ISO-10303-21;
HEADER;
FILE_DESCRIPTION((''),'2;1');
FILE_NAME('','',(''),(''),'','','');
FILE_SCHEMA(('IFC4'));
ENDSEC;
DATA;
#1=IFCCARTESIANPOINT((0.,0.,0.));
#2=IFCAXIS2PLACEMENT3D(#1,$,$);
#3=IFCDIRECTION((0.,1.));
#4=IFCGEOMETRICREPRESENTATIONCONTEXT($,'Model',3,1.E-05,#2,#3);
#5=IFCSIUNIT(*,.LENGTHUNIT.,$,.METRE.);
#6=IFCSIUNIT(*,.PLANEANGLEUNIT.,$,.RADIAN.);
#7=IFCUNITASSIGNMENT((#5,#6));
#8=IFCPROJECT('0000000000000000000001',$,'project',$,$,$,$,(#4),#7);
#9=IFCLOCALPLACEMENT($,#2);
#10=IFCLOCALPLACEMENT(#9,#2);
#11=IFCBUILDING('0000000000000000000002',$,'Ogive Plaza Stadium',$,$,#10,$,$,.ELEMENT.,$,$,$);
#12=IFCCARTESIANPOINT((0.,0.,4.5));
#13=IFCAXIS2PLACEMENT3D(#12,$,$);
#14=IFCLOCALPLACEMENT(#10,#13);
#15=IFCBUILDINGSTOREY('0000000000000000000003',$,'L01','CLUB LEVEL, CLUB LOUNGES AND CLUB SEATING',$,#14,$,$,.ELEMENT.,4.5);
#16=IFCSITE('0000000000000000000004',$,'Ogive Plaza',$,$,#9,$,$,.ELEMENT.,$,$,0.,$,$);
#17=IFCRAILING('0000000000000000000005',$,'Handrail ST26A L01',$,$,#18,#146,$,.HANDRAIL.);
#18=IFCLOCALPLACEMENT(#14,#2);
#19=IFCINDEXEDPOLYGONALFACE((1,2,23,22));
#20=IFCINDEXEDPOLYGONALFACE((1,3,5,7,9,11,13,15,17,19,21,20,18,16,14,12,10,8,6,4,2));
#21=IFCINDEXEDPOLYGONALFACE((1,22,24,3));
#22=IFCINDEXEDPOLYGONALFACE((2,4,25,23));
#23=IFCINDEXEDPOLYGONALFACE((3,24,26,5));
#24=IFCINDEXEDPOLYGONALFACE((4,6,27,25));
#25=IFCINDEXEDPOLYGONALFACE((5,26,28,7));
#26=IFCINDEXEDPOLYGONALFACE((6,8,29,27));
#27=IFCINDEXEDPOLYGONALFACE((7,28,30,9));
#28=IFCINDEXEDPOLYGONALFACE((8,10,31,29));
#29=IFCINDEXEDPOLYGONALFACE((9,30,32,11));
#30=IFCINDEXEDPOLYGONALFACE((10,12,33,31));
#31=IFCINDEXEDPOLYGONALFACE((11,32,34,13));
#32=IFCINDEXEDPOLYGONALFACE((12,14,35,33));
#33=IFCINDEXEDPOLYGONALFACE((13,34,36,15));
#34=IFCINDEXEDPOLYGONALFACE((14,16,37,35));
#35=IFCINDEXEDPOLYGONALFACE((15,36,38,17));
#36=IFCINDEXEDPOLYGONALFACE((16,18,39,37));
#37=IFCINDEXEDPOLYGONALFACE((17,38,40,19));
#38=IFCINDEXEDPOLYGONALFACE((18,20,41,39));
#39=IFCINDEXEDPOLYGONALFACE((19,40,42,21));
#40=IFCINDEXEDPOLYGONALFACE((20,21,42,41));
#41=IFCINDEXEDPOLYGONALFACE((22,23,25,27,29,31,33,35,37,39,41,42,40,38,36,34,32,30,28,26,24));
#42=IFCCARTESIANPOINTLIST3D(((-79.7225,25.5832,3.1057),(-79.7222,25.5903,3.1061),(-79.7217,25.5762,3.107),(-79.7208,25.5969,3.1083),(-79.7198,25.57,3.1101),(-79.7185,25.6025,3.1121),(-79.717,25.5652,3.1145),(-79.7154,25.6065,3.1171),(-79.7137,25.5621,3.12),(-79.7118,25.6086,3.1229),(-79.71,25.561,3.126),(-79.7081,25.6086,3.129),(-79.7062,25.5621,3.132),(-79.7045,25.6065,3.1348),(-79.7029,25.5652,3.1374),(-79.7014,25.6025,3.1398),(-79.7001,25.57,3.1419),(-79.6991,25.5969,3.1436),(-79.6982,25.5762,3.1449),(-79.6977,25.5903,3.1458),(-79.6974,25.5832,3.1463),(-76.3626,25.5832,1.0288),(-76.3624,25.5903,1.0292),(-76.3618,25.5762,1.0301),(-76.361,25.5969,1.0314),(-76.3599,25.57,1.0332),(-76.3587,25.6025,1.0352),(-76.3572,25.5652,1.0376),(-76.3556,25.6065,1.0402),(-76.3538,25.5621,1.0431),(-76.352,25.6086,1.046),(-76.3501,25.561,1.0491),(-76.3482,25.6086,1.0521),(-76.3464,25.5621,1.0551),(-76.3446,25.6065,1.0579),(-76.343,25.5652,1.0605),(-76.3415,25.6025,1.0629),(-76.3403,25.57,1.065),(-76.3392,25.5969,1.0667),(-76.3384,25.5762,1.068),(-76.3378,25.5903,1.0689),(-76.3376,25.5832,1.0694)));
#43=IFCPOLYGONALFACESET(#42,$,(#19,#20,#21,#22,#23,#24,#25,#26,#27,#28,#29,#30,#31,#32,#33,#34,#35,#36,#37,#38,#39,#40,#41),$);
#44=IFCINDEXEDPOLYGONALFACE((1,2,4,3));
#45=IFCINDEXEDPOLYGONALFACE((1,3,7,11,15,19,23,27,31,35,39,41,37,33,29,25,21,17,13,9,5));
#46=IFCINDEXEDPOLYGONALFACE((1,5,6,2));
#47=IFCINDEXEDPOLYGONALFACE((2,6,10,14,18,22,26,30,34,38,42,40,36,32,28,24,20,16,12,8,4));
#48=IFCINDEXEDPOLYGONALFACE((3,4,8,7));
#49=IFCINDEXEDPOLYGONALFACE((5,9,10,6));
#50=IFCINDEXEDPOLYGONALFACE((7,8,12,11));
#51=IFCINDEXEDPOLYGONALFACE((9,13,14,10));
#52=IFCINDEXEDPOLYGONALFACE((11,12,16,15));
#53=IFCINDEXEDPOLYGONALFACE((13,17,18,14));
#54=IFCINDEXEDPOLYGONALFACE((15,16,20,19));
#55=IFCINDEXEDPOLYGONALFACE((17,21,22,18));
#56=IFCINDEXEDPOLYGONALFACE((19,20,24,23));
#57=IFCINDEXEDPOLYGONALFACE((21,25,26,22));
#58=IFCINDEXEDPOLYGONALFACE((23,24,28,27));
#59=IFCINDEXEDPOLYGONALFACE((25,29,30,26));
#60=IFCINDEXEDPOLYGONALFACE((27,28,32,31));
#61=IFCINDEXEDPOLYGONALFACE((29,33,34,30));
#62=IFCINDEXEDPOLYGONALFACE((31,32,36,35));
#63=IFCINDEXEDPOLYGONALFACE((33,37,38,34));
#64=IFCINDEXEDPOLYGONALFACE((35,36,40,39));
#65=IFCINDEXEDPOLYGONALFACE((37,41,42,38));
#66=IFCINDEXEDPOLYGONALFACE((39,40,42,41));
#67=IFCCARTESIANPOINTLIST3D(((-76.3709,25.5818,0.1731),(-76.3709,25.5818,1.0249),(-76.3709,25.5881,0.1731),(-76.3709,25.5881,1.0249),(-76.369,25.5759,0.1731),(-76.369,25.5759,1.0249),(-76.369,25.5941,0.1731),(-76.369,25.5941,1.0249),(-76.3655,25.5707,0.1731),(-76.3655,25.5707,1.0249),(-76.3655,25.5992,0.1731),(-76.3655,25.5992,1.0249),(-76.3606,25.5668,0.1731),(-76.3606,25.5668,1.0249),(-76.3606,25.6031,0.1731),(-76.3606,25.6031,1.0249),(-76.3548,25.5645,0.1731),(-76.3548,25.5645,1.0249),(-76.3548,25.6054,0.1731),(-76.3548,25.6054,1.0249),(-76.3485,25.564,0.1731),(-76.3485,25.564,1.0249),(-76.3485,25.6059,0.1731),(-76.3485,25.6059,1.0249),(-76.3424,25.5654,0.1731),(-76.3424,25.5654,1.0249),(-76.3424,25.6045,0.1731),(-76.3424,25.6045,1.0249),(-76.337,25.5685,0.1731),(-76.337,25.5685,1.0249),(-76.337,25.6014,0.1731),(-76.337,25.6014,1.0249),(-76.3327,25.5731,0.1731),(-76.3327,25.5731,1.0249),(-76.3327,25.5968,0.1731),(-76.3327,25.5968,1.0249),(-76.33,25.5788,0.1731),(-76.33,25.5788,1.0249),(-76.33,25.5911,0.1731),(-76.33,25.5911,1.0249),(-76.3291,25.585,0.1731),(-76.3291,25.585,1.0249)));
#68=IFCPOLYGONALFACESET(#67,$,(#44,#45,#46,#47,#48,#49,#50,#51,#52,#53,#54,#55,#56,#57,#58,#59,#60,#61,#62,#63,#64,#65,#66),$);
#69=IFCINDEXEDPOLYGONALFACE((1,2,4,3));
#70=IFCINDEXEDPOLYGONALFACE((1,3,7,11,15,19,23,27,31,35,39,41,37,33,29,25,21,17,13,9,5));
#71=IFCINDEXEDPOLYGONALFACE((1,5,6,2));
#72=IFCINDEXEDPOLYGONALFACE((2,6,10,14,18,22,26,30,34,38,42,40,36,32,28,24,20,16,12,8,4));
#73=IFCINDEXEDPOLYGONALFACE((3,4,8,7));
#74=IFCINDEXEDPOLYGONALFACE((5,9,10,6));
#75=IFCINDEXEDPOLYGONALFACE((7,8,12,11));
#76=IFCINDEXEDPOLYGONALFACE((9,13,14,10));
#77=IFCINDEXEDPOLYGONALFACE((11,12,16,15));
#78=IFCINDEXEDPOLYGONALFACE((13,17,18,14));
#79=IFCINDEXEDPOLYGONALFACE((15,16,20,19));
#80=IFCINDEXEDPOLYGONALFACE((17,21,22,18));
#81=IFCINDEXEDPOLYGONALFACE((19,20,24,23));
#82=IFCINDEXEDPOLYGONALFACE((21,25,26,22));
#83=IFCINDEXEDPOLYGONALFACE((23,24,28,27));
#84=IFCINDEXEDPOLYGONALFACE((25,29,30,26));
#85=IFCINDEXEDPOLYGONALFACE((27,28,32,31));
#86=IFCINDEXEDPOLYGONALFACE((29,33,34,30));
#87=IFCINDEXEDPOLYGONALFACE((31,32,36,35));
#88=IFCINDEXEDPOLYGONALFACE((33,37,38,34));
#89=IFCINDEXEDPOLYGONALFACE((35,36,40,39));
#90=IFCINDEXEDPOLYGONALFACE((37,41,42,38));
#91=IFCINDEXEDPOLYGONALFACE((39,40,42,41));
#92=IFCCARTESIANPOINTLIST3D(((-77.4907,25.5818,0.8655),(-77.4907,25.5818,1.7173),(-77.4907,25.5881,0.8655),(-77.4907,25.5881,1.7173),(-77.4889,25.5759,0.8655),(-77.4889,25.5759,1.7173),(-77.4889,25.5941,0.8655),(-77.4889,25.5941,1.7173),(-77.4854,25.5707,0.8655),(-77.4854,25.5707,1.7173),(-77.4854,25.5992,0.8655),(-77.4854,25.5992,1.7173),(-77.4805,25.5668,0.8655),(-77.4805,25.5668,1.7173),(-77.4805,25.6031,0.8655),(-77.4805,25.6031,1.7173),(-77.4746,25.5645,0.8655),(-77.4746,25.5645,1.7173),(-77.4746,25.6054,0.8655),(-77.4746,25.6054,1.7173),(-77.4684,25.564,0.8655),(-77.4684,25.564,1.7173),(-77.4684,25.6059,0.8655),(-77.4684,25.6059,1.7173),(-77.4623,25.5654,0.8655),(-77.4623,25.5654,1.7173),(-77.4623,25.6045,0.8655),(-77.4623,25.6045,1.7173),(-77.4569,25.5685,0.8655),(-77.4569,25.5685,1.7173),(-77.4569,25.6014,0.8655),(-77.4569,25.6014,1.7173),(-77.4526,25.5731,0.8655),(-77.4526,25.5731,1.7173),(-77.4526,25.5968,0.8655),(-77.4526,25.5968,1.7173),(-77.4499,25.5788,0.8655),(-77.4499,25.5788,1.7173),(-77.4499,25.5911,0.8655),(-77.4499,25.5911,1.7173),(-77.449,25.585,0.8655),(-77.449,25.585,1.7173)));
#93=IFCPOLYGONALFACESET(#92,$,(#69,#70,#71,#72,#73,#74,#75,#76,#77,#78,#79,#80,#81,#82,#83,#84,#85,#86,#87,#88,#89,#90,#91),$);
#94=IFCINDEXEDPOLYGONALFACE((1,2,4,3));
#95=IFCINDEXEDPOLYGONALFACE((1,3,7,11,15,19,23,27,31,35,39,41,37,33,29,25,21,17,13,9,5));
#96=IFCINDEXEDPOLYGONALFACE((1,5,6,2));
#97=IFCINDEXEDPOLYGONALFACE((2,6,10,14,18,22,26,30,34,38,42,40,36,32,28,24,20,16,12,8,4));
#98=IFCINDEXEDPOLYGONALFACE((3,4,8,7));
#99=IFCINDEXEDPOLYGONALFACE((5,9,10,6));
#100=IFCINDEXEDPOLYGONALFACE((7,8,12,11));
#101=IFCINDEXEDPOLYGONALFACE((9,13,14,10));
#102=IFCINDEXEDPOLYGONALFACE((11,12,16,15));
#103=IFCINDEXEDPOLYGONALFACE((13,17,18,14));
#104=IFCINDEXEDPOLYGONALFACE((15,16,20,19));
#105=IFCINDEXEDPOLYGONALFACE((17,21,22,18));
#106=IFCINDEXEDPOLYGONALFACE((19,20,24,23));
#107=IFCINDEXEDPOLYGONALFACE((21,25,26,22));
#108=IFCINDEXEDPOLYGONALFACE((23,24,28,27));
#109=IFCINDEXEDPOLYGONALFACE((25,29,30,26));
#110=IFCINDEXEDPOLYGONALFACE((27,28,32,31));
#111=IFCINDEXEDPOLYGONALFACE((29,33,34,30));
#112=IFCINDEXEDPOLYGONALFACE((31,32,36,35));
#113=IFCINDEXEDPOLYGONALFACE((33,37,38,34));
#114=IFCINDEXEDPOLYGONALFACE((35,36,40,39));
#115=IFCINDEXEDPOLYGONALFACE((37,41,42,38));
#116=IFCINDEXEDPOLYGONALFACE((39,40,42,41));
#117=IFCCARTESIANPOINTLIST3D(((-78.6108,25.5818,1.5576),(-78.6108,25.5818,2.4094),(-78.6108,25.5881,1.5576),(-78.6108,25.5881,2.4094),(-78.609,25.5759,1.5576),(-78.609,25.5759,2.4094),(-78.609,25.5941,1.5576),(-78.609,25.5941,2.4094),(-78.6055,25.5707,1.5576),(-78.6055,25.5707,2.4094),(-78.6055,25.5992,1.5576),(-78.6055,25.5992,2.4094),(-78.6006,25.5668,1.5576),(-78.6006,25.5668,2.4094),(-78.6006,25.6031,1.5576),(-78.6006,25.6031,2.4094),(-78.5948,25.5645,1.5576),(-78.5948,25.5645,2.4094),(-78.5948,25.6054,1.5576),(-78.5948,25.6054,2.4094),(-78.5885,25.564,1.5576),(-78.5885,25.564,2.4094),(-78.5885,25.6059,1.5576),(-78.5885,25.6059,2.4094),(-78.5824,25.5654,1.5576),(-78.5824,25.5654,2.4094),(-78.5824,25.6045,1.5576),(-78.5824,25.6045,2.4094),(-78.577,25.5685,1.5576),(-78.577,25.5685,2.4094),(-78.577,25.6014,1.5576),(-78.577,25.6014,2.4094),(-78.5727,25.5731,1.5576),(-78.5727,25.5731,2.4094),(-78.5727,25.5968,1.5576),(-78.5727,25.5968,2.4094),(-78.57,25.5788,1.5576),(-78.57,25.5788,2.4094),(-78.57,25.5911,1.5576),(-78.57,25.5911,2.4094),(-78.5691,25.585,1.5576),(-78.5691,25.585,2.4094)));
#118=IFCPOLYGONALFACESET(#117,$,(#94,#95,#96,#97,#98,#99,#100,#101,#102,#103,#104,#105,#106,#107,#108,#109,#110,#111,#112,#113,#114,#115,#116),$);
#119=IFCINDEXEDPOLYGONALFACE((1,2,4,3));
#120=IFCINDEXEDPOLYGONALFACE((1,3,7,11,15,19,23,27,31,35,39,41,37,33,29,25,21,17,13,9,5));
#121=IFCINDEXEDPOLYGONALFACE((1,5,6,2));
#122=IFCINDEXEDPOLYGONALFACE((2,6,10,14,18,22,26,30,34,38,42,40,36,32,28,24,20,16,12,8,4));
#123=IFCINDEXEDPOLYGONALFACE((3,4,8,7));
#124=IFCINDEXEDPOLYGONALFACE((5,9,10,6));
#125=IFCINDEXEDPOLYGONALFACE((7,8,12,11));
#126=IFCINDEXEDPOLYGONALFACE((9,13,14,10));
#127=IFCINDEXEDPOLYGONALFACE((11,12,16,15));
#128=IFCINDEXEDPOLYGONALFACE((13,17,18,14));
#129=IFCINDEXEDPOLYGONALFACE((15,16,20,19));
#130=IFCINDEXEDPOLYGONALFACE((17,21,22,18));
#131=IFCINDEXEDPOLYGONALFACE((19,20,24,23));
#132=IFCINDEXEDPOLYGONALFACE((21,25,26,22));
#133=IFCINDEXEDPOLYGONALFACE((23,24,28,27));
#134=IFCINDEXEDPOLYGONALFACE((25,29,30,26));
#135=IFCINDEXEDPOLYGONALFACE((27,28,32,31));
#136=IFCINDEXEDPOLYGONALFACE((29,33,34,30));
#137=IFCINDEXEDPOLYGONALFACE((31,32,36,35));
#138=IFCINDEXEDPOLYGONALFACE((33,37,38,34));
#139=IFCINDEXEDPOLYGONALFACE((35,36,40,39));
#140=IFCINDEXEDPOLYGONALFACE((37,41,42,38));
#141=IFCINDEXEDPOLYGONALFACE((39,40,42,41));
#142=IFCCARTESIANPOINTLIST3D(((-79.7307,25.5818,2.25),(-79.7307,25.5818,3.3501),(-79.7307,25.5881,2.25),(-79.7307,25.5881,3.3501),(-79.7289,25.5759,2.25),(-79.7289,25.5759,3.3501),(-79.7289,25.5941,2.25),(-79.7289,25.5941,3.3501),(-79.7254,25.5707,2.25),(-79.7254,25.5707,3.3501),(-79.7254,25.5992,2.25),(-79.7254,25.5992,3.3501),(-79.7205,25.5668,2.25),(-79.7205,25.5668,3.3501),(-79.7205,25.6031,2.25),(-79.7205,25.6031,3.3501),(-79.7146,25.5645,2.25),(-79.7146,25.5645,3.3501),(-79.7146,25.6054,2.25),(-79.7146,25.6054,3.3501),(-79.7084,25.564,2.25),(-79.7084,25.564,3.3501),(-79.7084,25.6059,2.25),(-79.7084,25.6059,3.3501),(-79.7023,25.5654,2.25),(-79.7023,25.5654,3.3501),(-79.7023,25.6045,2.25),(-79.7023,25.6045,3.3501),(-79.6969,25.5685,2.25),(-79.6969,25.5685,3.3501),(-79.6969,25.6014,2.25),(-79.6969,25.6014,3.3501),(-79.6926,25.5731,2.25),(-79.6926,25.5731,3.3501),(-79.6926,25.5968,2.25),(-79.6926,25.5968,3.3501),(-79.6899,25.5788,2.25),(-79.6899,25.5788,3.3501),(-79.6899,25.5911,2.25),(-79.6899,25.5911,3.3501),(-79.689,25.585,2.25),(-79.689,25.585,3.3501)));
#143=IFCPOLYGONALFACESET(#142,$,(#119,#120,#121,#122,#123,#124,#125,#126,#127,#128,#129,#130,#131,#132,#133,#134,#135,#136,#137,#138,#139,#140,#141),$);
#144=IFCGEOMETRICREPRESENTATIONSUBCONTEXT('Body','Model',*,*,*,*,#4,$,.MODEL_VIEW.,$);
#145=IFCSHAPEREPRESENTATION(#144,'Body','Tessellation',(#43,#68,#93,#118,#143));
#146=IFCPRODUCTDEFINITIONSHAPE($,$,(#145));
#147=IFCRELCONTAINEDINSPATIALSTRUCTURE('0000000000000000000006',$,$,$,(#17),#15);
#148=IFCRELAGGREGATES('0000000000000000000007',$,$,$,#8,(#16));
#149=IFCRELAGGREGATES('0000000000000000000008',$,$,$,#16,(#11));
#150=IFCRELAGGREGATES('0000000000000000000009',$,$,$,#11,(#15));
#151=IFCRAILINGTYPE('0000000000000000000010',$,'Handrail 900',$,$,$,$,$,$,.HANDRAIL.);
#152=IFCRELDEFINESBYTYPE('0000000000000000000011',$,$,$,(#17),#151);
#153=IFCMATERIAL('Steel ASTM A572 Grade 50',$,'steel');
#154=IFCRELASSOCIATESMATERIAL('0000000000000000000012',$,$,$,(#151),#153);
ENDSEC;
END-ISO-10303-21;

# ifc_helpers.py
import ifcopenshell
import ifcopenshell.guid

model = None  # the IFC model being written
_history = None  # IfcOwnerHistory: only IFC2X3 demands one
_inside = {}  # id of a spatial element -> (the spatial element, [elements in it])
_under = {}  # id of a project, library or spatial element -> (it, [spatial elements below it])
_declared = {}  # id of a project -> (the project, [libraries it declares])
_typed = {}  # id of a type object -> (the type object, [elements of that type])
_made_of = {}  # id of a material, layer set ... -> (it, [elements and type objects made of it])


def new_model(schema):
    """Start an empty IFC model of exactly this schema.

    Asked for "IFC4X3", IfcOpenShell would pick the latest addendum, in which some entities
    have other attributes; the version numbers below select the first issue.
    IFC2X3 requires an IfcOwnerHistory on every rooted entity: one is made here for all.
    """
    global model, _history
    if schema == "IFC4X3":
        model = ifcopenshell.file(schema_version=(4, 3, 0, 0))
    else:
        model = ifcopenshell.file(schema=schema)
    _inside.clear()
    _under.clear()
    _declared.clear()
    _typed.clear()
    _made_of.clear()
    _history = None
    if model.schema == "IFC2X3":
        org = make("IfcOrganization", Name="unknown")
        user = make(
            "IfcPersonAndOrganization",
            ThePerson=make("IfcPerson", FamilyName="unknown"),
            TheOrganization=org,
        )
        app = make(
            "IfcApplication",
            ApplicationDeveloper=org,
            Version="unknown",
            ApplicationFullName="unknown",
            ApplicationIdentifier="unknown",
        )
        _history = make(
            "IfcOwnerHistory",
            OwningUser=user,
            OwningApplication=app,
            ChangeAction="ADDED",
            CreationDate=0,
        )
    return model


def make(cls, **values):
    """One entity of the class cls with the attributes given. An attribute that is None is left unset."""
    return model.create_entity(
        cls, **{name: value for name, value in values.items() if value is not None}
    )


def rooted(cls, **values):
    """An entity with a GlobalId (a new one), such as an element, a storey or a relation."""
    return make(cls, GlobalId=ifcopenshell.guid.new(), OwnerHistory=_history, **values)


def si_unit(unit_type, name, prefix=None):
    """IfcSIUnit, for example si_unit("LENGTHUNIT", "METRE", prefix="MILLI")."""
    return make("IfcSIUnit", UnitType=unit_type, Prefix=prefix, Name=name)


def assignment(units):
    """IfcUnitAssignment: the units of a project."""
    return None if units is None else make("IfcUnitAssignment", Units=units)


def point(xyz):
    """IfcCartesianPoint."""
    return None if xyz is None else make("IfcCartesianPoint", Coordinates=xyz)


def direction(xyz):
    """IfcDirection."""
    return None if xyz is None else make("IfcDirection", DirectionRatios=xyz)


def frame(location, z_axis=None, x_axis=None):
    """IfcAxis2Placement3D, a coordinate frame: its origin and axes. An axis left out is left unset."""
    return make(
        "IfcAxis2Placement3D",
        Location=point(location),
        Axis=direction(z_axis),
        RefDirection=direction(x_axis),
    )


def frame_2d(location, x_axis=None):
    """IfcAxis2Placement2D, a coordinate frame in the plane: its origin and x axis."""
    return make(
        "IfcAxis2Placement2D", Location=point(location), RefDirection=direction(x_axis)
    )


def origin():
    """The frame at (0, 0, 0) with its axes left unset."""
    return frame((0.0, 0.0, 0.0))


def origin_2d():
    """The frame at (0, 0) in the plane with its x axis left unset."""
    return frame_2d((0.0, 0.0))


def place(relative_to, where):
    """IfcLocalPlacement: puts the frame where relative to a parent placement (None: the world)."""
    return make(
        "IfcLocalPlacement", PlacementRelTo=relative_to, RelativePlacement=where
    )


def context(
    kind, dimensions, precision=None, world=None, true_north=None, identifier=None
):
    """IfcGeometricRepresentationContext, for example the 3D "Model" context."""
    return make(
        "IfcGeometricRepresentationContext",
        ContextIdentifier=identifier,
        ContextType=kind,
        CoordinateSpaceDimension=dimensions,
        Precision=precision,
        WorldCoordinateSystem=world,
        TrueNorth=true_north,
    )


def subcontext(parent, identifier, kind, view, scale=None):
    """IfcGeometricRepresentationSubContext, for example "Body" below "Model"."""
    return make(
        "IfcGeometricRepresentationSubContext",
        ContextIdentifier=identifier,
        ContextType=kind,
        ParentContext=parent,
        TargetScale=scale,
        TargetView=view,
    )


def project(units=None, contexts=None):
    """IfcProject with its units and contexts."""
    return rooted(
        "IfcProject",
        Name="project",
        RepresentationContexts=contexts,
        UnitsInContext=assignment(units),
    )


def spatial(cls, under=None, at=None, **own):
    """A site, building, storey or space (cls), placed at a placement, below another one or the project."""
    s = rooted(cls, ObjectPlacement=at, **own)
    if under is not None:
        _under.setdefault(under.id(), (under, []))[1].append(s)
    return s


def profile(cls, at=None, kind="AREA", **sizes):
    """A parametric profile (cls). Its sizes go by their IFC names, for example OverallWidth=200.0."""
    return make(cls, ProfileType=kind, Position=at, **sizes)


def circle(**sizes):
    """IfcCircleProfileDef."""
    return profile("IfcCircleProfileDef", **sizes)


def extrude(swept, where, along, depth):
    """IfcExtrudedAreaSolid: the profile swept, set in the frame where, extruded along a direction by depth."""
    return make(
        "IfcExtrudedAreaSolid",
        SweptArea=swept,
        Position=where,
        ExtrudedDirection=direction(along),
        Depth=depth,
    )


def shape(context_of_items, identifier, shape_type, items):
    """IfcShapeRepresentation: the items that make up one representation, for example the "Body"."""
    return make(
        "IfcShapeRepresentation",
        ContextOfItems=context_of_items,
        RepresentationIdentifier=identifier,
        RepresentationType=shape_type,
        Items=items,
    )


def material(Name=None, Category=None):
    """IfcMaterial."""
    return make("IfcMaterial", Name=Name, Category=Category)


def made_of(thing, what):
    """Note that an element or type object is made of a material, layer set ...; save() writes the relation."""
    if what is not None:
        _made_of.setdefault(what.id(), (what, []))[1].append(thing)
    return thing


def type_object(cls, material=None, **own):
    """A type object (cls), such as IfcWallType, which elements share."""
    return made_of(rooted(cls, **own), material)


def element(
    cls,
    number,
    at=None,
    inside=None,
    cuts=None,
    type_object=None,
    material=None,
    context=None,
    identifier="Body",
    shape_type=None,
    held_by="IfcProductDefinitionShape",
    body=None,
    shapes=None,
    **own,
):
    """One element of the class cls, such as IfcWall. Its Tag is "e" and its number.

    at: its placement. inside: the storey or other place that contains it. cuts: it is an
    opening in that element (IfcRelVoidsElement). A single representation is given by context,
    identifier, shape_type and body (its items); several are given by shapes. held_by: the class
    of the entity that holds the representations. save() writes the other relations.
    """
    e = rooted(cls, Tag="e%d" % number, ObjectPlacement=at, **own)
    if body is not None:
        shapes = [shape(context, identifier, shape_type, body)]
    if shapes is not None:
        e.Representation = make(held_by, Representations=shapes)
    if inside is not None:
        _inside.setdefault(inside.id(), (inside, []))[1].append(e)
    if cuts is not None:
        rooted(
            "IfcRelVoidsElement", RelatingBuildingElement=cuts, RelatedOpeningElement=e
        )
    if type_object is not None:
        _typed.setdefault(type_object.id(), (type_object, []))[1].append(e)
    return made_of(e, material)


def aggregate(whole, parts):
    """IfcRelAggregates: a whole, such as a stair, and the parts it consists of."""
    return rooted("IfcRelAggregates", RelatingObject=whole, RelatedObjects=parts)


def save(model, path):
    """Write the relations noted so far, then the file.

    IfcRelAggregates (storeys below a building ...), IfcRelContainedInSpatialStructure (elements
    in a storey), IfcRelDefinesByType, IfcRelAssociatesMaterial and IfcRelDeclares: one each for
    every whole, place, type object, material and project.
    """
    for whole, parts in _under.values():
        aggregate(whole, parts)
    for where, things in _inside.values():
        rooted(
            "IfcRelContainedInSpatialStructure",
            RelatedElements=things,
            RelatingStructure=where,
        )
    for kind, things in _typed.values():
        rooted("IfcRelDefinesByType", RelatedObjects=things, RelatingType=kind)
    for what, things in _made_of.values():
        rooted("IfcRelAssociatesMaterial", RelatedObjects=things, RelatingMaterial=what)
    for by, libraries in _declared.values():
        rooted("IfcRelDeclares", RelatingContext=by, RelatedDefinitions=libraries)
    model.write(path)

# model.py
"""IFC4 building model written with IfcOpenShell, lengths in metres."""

from ifc_helpers import new_model, si_unit, direction, frame, origin, origin_2d, place, context, subcontext, project, spatial, circle, extrude, material, type_object, element, save


model = new_model("IFC4")

# Units and contexts
model_context = context("Model", 3, precision=1e-05, world=origin(), true_north=direction((0.0, 1.0)))
body_context = subcontext(model_context, "Body", "Model", "MODEL_VIEW")
ifc_project = project(units=[si_unit("LENGTHUNIT", "METRE"), si_unit("PLANEANGLEUNIT", "RADIAN")], contexts=[model_context])

# Site, building, storey
site_placement = place(None, origin())
site = spatial("IfcSite", under=ifc_project, at=site_placement, Name="Ogive Plaza", CompositionType="ELEMENT", RefElevation=0.0)
building_placement = place(site_placement, origin())
building = spatial("IfcBuilding", under=site, at=building_placement, Name="Ogive Plaza Stadium", CompositionType="ELEMENT")
storey_placement = place(building_placement, frame((0.0, 0.0, 4.5)))
storey = spatial("IfcBuildingStorey", under=building, at=storey_placement, Name="L01", Description="CLUB LEVEL, CLUB LOUNGES AND CLUB SEATING", CompositionType="ELEMENT", Elevation=4.5)

# Railing
ifc_material_1 = material(Name="Steel ASTM A572 Grade 50", Category="steel")
railing_type_1 = type_object("IfcRailingType", Name="Handrail 900", PredefinedType="HANDRAIL", material=ifc_material_1)
for number, where, name in (
    (1, (-76.3501, 25.585, 0.1731), "Handrail ST26A L01"),
):
    element("IfcRailing", number, at=place(storey_placement, frame(where)), inside=storey, type_object=railing_type_1, Name=name, PredefinedType="HANDRAIL", context=body_context, shape_type="SweptSolid", body=[
        extrude(circle(Radius=0.0239, at=origin_2d()), frame((0.0, 0.0, 0.876), z_axis=(-0.850606, 0.0, 0.525803), x_axis=(0.0, -1.0, 0.0)), (0.0, 0.0, 1.0), 3.95),
        extrude(circle(Radius=0.021, at=origin_2d()), origin(), (0.0, 0.0, 1.0), 0.8518),
        extrude(circle(Radius=0.021, at=origin_2d()), frame((-1.1199, 0.0, 0.6924)), (0.0, 0.0, 1.0), 0.8518),
        extrude(circle(Radius=0.021, at=origin_2d()), frame((-2.24, 0.0, 1.3845)), (0.0, 0.0, 1.0), 0.8518),
        extrude(circle(Radius=0.021, at=origin_2d()), frame((-3.3599, 0.0, 2.0769)), (0.0, 0.0, 1.0), 1.1001),
    ])

save(model, "model.ifc")
